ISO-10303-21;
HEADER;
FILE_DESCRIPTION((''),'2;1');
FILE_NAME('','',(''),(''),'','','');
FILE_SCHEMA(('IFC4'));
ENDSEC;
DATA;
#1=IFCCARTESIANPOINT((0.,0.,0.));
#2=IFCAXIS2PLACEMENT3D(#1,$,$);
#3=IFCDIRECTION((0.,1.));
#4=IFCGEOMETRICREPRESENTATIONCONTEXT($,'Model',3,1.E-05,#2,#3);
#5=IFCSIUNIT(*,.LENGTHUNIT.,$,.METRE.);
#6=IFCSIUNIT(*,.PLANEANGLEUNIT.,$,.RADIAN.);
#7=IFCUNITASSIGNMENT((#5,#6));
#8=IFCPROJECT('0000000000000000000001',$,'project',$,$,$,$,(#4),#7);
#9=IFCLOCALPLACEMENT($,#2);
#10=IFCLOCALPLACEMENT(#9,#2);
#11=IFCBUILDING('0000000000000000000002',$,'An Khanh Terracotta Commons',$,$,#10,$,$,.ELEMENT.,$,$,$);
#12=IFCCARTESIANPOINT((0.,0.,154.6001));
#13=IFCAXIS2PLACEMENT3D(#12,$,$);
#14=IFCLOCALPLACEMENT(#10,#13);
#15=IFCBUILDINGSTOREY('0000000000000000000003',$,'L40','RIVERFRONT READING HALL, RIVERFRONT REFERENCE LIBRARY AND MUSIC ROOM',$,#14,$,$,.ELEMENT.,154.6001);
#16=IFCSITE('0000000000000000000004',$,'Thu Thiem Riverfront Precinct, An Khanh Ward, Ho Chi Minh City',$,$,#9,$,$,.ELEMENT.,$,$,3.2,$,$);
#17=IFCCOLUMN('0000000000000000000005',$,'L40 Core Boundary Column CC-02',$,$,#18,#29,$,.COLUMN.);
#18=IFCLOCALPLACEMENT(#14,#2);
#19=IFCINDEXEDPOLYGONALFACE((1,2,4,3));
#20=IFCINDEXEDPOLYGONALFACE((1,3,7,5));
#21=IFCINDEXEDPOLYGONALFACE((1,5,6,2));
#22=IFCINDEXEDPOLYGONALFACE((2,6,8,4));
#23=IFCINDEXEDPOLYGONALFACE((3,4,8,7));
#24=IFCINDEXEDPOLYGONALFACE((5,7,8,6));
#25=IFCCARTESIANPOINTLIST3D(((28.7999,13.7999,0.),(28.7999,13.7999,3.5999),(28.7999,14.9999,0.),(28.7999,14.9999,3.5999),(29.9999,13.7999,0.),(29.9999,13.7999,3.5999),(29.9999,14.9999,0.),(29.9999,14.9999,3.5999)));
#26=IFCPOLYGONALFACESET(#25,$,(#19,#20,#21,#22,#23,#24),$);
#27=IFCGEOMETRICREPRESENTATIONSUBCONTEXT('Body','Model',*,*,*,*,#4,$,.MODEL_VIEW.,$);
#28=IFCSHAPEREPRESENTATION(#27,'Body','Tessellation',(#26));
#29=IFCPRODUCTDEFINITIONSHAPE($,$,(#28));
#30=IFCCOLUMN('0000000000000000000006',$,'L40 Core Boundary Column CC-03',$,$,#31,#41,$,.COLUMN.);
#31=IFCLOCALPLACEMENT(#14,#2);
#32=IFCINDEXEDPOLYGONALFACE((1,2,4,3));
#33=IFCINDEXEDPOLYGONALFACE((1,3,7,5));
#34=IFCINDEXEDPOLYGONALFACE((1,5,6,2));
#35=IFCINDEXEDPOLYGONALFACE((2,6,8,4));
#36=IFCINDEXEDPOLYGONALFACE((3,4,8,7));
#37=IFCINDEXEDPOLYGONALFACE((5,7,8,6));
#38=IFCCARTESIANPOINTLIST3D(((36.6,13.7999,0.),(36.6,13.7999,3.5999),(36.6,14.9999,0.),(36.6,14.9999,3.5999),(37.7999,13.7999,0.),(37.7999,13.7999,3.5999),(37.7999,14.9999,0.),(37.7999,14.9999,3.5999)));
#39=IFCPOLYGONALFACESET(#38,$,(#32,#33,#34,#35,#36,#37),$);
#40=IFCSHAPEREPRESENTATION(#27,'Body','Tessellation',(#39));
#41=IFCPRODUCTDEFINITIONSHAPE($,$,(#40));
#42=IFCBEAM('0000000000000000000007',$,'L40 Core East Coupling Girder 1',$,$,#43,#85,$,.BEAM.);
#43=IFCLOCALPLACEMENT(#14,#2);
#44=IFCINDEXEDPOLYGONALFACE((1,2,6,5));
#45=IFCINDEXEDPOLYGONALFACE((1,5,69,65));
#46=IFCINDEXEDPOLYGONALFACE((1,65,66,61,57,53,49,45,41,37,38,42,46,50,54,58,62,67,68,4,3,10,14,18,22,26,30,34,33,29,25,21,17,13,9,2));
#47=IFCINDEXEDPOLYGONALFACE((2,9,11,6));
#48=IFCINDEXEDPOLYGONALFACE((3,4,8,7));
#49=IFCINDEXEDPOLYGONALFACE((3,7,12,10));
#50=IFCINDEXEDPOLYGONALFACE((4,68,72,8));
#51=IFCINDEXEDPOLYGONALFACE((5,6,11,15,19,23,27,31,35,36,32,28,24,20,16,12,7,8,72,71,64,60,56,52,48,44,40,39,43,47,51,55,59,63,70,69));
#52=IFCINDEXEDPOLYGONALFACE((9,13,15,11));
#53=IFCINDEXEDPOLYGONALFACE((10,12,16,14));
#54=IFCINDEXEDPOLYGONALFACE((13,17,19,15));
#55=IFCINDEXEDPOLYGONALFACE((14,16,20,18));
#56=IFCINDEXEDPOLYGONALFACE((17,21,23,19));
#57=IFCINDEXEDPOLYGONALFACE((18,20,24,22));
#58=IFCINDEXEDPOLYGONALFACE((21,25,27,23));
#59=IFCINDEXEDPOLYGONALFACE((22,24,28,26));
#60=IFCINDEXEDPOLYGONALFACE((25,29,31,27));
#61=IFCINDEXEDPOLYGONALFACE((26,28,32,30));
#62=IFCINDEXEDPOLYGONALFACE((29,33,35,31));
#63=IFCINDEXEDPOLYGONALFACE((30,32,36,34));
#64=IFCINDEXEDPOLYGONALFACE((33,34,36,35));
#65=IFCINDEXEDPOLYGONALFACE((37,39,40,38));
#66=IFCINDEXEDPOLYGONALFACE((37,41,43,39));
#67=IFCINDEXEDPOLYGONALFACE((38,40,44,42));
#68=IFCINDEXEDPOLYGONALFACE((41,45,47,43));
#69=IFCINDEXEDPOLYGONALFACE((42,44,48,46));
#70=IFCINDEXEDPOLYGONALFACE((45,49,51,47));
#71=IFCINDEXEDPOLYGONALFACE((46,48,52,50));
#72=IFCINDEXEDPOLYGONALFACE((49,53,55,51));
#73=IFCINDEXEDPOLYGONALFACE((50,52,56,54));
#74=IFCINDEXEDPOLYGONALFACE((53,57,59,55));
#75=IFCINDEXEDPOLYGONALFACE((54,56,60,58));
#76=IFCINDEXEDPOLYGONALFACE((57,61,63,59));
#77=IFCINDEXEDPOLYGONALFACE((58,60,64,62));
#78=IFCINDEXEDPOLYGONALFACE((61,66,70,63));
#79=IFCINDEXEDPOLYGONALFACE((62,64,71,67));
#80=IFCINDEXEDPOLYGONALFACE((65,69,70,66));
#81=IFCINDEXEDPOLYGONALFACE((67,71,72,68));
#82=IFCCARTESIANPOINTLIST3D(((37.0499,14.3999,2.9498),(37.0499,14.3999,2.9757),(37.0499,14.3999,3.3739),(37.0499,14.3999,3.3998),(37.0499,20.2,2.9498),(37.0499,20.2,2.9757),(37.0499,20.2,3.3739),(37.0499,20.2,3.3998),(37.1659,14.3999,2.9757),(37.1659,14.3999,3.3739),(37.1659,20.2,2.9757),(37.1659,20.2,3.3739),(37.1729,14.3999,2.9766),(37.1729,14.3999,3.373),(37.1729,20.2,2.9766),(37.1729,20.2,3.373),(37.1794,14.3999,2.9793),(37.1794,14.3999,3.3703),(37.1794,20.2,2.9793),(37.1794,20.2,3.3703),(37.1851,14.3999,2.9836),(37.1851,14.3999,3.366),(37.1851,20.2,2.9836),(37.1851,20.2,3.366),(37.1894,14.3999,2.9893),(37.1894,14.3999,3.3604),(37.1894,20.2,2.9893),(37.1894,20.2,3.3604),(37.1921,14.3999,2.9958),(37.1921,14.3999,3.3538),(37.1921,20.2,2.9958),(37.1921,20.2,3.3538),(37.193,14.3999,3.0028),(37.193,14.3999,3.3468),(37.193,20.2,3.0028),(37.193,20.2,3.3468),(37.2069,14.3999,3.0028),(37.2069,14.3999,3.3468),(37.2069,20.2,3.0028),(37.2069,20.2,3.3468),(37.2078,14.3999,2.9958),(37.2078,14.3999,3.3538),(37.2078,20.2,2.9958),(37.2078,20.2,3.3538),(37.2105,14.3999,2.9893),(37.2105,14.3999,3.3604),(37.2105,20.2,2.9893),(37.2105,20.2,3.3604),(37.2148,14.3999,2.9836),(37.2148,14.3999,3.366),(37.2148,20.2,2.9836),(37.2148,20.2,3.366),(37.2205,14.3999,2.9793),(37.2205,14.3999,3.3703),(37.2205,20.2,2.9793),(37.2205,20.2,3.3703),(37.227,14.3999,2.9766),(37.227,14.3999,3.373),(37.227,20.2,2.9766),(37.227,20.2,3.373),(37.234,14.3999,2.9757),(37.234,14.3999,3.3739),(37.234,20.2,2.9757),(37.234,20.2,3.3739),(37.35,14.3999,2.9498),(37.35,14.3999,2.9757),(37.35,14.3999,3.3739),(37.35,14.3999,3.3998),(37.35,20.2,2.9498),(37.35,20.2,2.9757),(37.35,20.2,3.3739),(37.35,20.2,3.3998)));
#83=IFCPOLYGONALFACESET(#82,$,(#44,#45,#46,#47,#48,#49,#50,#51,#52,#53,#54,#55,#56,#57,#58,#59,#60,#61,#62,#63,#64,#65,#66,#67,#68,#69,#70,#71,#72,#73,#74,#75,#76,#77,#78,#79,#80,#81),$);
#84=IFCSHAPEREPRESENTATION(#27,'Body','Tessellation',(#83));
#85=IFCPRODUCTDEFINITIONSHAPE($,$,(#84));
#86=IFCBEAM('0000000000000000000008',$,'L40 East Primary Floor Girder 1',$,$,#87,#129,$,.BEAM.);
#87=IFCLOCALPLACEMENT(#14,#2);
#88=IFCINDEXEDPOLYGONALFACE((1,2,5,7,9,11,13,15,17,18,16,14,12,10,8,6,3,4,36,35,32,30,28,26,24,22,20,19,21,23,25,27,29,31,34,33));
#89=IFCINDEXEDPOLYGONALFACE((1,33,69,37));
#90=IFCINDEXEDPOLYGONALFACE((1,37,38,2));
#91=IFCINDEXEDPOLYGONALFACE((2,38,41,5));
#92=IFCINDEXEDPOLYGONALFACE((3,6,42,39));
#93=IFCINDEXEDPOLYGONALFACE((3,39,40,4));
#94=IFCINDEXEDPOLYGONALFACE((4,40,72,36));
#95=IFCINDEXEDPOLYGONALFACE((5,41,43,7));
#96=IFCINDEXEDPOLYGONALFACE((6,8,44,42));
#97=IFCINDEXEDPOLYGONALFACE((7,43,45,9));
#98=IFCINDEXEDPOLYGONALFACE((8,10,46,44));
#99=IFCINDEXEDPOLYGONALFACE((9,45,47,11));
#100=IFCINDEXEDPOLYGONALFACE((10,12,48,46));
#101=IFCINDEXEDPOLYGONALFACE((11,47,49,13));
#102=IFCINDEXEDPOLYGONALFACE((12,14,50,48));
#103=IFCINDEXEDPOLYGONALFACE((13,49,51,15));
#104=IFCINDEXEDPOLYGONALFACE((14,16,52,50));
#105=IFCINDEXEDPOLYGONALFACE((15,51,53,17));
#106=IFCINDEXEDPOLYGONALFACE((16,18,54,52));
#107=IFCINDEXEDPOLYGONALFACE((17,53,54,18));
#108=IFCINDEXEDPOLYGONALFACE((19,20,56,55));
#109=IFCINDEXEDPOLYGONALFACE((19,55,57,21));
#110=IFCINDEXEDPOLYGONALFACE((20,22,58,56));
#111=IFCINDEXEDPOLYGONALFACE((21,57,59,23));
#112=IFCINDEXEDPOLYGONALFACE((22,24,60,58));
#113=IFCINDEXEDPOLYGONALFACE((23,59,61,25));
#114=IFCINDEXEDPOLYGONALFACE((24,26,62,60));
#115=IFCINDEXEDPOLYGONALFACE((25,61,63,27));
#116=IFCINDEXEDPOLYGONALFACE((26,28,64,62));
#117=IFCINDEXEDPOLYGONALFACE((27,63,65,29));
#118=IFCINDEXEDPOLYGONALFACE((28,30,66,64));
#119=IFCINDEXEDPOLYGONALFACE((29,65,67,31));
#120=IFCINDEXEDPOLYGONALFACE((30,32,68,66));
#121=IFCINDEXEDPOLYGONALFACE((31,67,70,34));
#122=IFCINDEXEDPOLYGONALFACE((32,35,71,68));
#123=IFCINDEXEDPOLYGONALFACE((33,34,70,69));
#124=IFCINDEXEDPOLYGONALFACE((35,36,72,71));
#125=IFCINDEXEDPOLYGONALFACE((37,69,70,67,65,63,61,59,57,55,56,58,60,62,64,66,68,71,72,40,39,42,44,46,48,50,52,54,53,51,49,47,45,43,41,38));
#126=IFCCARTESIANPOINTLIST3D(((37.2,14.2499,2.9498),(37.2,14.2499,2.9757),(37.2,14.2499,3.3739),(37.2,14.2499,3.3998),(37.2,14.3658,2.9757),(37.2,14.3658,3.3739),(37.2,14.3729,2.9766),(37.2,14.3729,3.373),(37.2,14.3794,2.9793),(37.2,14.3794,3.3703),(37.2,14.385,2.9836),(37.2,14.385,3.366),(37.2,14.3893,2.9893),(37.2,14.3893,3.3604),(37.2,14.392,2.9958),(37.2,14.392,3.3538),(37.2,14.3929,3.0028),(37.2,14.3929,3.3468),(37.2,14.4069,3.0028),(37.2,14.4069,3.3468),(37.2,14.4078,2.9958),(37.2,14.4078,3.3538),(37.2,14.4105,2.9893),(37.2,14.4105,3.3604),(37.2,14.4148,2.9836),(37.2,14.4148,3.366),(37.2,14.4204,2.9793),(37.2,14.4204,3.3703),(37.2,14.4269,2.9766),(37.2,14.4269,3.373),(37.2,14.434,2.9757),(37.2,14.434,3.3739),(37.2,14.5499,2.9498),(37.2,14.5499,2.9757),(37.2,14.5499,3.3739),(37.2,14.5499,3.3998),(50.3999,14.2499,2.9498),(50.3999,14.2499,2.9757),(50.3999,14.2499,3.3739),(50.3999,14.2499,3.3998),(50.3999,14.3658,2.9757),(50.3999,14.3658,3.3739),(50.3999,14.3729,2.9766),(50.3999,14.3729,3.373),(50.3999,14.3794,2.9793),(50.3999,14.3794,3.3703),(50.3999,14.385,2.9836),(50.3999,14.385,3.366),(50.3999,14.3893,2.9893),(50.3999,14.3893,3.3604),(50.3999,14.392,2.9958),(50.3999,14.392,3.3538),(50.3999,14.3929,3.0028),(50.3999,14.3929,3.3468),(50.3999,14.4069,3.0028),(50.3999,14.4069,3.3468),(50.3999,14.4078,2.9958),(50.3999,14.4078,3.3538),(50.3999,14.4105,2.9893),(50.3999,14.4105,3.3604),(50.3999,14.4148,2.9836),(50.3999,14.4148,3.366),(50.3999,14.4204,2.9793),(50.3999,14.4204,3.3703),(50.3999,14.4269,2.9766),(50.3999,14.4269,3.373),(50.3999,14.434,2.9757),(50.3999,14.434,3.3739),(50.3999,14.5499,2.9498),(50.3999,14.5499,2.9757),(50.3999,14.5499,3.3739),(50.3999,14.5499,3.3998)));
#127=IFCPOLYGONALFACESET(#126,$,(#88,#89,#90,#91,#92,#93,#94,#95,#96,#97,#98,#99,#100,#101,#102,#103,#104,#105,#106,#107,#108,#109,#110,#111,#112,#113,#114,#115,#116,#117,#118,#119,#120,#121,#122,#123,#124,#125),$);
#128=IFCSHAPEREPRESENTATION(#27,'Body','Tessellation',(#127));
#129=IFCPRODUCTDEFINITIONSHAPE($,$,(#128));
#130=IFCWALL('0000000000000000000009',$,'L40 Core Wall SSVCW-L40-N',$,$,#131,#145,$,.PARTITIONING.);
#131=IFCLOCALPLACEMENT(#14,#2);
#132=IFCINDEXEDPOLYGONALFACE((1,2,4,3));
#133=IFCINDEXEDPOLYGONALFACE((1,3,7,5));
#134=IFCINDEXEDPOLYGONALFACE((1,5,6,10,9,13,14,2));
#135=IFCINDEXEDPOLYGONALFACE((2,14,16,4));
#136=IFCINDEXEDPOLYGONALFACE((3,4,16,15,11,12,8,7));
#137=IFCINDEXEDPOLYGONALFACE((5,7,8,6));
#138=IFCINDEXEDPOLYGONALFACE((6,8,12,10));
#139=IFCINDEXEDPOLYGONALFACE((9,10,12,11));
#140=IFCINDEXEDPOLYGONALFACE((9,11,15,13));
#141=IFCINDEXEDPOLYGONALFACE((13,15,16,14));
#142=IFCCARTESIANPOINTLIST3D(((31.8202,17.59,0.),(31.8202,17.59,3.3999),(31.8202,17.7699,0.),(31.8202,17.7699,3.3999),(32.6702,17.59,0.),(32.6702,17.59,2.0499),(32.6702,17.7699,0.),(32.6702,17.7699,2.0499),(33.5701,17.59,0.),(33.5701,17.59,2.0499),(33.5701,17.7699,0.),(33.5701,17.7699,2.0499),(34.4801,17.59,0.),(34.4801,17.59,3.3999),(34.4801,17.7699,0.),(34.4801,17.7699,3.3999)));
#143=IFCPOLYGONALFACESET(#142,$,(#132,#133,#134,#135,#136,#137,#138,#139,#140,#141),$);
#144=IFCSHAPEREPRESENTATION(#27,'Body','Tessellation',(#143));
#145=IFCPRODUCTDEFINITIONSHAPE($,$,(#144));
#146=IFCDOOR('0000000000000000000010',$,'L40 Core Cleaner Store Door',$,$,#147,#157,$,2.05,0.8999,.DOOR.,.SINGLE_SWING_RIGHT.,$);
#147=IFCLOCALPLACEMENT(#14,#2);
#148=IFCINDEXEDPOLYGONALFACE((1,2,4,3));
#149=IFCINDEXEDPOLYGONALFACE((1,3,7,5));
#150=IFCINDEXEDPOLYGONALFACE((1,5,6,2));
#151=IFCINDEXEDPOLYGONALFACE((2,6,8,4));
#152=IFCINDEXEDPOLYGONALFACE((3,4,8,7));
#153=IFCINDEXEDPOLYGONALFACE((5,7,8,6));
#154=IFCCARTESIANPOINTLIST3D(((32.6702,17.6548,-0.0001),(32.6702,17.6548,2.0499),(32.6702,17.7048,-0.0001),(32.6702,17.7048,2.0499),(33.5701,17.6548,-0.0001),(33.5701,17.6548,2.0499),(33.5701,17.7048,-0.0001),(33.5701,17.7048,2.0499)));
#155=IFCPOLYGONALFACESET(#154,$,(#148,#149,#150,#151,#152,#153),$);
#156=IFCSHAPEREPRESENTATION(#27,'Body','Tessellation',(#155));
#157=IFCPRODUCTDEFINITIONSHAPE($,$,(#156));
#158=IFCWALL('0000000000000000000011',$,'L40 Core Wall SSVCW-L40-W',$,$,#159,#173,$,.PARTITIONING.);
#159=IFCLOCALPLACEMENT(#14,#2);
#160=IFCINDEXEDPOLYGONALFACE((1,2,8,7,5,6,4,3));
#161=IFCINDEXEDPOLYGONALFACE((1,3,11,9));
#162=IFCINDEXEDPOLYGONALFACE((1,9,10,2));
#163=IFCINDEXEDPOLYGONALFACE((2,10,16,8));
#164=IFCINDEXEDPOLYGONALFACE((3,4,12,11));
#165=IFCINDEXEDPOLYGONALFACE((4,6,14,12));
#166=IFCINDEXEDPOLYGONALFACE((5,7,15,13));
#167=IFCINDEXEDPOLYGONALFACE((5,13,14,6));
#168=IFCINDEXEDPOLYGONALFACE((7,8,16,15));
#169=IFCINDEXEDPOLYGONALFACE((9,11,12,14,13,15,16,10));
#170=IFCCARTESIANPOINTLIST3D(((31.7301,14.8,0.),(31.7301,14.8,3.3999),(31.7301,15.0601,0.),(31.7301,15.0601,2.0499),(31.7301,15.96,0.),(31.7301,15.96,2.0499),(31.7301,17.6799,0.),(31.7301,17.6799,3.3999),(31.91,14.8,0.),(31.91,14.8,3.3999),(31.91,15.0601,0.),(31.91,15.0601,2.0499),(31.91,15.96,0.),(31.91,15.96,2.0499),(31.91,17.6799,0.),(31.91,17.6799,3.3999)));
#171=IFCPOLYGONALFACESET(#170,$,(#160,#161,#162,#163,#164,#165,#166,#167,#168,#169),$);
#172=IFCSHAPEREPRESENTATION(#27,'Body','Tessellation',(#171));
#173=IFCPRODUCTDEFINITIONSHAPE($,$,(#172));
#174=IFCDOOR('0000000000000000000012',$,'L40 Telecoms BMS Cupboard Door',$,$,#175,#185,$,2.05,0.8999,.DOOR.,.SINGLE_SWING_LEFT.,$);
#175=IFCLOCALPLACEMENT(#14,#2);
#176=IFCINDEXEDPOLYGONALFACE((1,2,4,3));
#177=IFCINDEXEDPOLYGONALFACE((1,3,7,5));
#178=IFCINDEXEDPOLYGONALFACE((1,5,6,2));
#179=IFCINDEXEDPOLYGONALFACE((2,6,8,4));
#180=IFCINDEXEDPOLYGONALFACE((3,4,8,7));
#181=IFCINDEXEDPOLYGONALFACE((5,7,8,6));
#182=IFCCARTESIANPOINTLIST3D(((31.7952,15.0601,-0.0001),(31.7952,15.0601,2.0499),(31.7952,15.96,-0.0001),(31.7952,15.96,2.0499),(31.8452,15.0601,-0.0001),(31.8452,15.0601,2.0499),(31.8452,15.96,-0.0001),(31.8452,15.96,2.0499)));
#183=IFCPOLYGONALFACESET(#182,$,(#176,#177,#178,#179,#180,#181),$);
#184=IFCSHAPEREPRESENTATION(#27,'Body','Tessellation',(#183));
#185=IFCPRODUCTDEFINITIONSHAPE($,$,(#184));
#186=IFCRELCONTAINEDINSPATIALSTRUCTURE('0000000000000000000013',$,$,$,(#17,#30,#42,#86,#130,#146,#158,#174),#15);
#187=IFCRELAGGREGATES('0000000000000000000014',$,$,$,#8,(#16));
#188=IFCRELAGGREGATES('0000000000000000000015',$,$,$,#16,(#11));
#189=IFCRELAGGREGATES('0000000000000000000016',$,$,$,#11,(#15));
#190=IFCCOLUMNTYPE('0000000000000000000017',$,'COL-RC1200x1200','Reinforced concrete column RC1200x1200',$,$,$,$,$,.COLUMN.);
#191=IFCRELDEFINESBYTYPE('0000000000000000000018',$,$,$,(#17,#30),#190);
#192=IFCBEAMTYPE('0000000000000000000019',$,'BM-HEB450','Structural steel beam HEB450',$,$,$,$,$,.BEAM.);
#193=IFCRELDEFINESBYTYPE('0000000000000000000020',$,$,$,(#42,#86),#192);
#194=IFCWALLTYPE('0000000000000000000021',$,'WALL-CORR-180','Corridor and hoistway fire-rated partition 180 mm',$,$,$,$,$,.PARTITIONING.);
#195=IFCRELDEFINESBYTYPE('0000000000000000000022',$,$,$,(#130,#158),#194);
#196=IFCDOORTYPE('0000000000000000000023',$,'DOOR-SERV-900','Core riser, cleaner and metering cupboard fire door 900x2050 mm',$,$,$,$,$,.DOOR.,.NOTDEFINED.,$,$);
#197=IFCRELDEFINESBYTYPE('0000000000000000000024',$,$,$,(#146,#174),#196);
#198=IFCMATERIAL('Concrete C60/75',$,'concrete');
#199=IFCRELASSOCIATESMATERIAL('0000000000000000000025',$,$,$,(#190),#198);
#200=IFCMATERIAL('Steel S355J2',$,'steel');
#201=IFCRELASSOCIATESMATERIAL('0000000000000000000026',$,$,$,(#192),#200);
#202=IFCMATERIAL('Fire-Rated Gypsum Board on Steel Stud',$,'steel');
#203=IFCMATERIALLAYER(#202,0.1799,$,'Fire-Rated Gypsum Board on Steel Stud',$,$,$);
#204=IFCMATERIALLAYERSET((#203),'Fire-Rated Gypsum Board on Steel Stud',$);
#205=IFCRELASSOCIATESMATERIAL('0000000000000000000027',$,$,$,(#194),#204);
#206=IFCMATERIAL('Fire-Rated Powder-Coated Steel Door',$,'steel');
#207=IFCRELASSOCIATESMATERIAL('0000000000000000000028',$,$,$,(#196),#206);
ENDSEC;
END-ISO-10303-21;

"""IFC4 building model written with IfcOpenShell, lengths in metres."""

from ifc_helpers import new_model, si_unit, direction, frame, frame_2d, origin, origin_2d, place, context, subcontext, project, spatial, rectangle, i_section, extrude, material, layer, layer_set, material_profile, profile_set, type_object, element, fill, save


model = new_model("IFC4")

# Units and contexts
model_context = context("Model", 3, precision=1e-05, world=origin(), true_north=direction((0.0, 1.0)))
body_context = subcontext(model_context, "Body", "Model", "MODEL_VIEW")
ifc_project = project(units=[si_unit("LENGTHUNIT", "METRE"), si_unit("PLANEANGLEUNIT", "RADIAN")], contexts=[model_context])

# Site, building, storey
site_placement = place(None, origin())
site = spatial("IfcSite", under=ifc_project, at=site_placement, Name="Thu Thiem Riverfront Precinct, An Khanh Ward, Ho Chi Minh City", CompositionType="ELEMENT", RefElevation=3.2)
building_placement = place(site_placement, origin())
building = spatial("IfcBuilding", under=site, at=building_placement, Name="An Khanh Terracotta Commons", CompositionType="ELEMENT")
storey_placement = place(building_placement, frame((0.0, 0.0, 154.6001)))
storey = spatial("IfcBuildingStorey", under=building, at=storey_placement, Name="L40", Description="RIVERFRONT READING HALL, RIVERFRONT REFERENCE LIBRARY AND MUSIC ROOM", CompositionType="ELEMENT", Elevation=154.6001)

# Columns
ifc_material_1 = material(Name="Concrete C60/75", Category="concrete")
ifc_material_profile_1 = material_profile(ifc_material_1, rectangle(XDim=1.2, YDim=1.2, at=origin_2d()), Name="RC1200x1200")
ifc_profile_set_1 = profile_set([ifc_material_profile_1], Name="Concrete C60/75")
column_type = type_object("IfcColumnType", Name="COL-RC1200x1200", Description="Reinforced concrete column RC1200x1200", PredefinedType="COLUMN", material=ifc_profile_set_1)
for number, where, z_axis, x_axis, name in (
    (1, (29.3999, 14.3999, 0.0), (0.0, 0.0, 1.0), (1.0, 0.0, 0.0), "L40 Core Boundary Column CC-02"),
    (2, (37.2, 14.3999, 0.0), (0.0, 0.0, 1.0), (1.0, 0.0, 0.0), "L40 Core Boundary Column CC-03"),
):
    element("IfcColumn", number, at=place(storey_placement, frame(where, z_axis=z_axis, x_axis=x_axis)), inside=storey, type_object=column_type, Name=name, PredefinedType="COLUMN", context=body_context, shape_type="SweptSolid", body=[
        extrude(rectangle(XDim=1.2, YDim=1.2, at=origin_2d()), origin(), (0.0, 0.0, 1.0), 3.5999),
    ])

# Beams
ifc_material_2 = material(Name="Steel S355J2", Category="steel")
ifc_material_profile_2 = material_profile(ifc_material_2, i_section(OverallWidth=0.3, OverallDepth=0.45, WebThickness=0.0139, FlangeThickness=0.0259, FilletRadius=0.0271, at=origin_2d()), Name="HEB450")
ifc_profile_set_2 = profile_set([ifc_material_profile_2], Name="Steel S355J2")
beam_type = type_object("IfcBeamType", Name="BM-HEB450", Description="Structural steel beam HEB450", PredefinedType="BEAM", material=ifc_profile_set_2)
beam_1_placement = place(storey_placement, frame((37.2, 14.3999, 3.1748), z_axis=(0.0, 1.0, 0.0), x_axis=(-1.0, 0.0, 0.0)))
element("IfcBeam", 3, at=beam_1_placement, inside=storey, type_object=beam_type, Name="L40 Core East Coupling Girder 1", PredefinedType="BEAM", context=body_context, shape_type="SweptSolid", body=[
    extrude(i_section(OverallWidth=0.3, OverallDepth=0.45, WebThickness=0.0139, FlangeThickness=0.0259, FilletRadius=0.0271, at=origin_2d()), origin(), (0.0, 0.0, 1.0), 5.8),
])
beam_2_placement = place(storey_placement, frame((37.2, 14.3999, 3.1748), z_axis=(1.0, 0.0, 0.0), x_axis=(0.0, 1.0, 0.0)))
element("IfcBeam", 4, at=beam_2_placement, inside=storey, type_object=beam_type, Name="L40 East Primary Floor Girder 1", PredefinedType="BEAM", context=body_context, shape_type="SweptSolid", body=[
    extrude(i_section(OverallWidth=0.3, OverallDepth=0.45, WebThickness=0.0139, FlangeThickness=0.0259, FilletRadius=0.0271, at=origin_2d()), origin(), (0.0, 0.0, 1.0), 13.2),
])

# Walls, openings, doors
ifc_material_3 = material(Name="Fire-Rated Gypsum Board on Steel Stud", Category="steel")
ifc_layer_1 = layer(ifc_material_3, 0.1799, Name="Fire-Rated Gypsum Board on Steel Stud")
ifc_layer_set_1 = layer_set([ifc_layer_1], Name="Fire-Rated Gypsum Board on Steel Stud")
wall_type_1 = type_object("IfcWallType", Name="WALL-CORR-180", Description="Corridor and hoistway fire-rated partition 180 mm", PredefinedType="PARTITIONING", material=ifc_layer_set_1)
wall_1_placement = place(storey_placement, frame((31.8201, 17.6799, 0.0), z_axis=(0.0, 0.0, 1.0), x_axis=(1.0, 0.0, 0.0)))
wall_1 = element("IfcWall", 5, at=wall_1_placement, inside=storey, type_object=wall_type_1, Name="L40 Core Wall SSVCW-L40-N", PredefinedType="PARTITIONING", context=body_context, shape_type="SweptSolid", body=[
    extrude(rectangle(XDim=2.6599, YDim=0.1799, at=frame_2d((1.3301, 0.0))), origin(), (0.0, 0.0, 1.0), 3.3999),
])
opening_1_placement = place(wall_1_placement, frame((0.8501, 0.0, 0.0)))
opening_1 = element("IfcOpeningElement", 6, at=opening_1_placement, cuts=wall_1, PredefinedType="OPENING", context=body_context, shape_type="SweptSolid", body=[
    extrude(rectangle(XDim=0.8999, YDim=2.05, at=frame_2d((0.45, 1.0249))), frame((0.0, 0.0999, 0.0), z_axis=(0.0, -1.0, 0.0), x_axis=(1.0, 0.0, 0.0)), (0.0, 0.0, 1.0), 0.2),
])
ifc_material_4 = material(Name="Fire-Rated Powder-Coated Steel Door", Category="steel")
door_type_1 = type_object("IfcDoorType", Name="DOOR-SERV-900", Description="Core riser, cleaner and metering cupboard fire door 900x2050 mm", OperationType="NOTDEFINED", PredefinedType="DOOR", material=ifc_material_4)
door_1_placement = place(opening_1_placement, origin())
door_1 = element("IfcDoor", 7, at=door_1_placement, inside=storey, type_object=door_type_1, Name="L40 Core Cleaner Store Door", OperationType="SINGLE_SWING_RIGHT", OverallHeight=2.05, OverallWidth=0.8999, PredefinedType="DOOR", context=body_context, shape_type="SweptSolid", body=[
    extrude(rectangle(XDim=0.8999, YDim=2.05, at=frame_2d((0.45, 1.0249))), frame((0.0, 0.0249, 0.0), z_axis=(0.0, -1.0, 0.0), x_axis=(1.0, 0.0, 0.0)), (0.0, 0.0, 1.0), 0.05),
])
fill(opening_1, door_1)
wall_2_placement = place(storey_placement, frame((31.8201, 14.8, 0.0), z_axis=(0.0, 0.0, 1.0), x_axis=(0.0, 1.0, 0.0)))
wall_2 = element("IfcWall", 8, at=wall_2_placement, inside=storey, type_object=wall_type_1, Name="L40 Core Wall SSVCW-L40-W", PredefinedType="PARTITIONING", context=body_context, shape_type="SweptSolid", body=[
    extrude(rectangle(XDim=2.8799, YDim=0.1799, at=frame_2d((1.4399, 0.0))), origin(), (0.0, 0.0, 1.0), 3.3999),
])
opening_2_placement = place(wall_2_placement, frame((0.26, 0.0, 0.0)))
opening_2 = element("IfcOpeningElement", 9, at=opening_2_placement, cuts=wall_2, PredefinedType="OPENING", context=body_context, shape_type="SweptSolid", body=[
    extrude(rectangle(XDim=0.8999, YDim=2.05, at=frame_2d((0.45, 1.0249))), frame((0.0, 0.0999, 0.0), z_axis=(0.0, -1.0, 0.0), x_axis=(1.0, 0.0, 0.0)), (0.0, 0.0, 1.0), 0.2),
])
door_2_placement = place(opening_2_placement, origin())
door_2 = element("IfcDoor", 10, at=door_2_placement, inside=storey, type_object=door_type_1, Name="L40 Telecoms BMS Cupboard Door", OperationType="SINGLE_SWING_LEFT", OverallHeight=2.05, OverallWidth=0.8999, PredefinedType="DOOR", context=body_context, shape_type="SweptSolid", body=[
    extrude(rectangle(XDim=0.8999, YDim=2.05, at=frame_2d((0.45, 1.0249))), frame((0.0, 0.0249, 0.0), z_axis=(0.0, -1.0, 0.0), x_axis=(1.0, 0.0, 0.0)), (0.0, 0.0, 1.0), 0.05),
])
fill(opening_2, door_2)

save(model, "model.ifc")
